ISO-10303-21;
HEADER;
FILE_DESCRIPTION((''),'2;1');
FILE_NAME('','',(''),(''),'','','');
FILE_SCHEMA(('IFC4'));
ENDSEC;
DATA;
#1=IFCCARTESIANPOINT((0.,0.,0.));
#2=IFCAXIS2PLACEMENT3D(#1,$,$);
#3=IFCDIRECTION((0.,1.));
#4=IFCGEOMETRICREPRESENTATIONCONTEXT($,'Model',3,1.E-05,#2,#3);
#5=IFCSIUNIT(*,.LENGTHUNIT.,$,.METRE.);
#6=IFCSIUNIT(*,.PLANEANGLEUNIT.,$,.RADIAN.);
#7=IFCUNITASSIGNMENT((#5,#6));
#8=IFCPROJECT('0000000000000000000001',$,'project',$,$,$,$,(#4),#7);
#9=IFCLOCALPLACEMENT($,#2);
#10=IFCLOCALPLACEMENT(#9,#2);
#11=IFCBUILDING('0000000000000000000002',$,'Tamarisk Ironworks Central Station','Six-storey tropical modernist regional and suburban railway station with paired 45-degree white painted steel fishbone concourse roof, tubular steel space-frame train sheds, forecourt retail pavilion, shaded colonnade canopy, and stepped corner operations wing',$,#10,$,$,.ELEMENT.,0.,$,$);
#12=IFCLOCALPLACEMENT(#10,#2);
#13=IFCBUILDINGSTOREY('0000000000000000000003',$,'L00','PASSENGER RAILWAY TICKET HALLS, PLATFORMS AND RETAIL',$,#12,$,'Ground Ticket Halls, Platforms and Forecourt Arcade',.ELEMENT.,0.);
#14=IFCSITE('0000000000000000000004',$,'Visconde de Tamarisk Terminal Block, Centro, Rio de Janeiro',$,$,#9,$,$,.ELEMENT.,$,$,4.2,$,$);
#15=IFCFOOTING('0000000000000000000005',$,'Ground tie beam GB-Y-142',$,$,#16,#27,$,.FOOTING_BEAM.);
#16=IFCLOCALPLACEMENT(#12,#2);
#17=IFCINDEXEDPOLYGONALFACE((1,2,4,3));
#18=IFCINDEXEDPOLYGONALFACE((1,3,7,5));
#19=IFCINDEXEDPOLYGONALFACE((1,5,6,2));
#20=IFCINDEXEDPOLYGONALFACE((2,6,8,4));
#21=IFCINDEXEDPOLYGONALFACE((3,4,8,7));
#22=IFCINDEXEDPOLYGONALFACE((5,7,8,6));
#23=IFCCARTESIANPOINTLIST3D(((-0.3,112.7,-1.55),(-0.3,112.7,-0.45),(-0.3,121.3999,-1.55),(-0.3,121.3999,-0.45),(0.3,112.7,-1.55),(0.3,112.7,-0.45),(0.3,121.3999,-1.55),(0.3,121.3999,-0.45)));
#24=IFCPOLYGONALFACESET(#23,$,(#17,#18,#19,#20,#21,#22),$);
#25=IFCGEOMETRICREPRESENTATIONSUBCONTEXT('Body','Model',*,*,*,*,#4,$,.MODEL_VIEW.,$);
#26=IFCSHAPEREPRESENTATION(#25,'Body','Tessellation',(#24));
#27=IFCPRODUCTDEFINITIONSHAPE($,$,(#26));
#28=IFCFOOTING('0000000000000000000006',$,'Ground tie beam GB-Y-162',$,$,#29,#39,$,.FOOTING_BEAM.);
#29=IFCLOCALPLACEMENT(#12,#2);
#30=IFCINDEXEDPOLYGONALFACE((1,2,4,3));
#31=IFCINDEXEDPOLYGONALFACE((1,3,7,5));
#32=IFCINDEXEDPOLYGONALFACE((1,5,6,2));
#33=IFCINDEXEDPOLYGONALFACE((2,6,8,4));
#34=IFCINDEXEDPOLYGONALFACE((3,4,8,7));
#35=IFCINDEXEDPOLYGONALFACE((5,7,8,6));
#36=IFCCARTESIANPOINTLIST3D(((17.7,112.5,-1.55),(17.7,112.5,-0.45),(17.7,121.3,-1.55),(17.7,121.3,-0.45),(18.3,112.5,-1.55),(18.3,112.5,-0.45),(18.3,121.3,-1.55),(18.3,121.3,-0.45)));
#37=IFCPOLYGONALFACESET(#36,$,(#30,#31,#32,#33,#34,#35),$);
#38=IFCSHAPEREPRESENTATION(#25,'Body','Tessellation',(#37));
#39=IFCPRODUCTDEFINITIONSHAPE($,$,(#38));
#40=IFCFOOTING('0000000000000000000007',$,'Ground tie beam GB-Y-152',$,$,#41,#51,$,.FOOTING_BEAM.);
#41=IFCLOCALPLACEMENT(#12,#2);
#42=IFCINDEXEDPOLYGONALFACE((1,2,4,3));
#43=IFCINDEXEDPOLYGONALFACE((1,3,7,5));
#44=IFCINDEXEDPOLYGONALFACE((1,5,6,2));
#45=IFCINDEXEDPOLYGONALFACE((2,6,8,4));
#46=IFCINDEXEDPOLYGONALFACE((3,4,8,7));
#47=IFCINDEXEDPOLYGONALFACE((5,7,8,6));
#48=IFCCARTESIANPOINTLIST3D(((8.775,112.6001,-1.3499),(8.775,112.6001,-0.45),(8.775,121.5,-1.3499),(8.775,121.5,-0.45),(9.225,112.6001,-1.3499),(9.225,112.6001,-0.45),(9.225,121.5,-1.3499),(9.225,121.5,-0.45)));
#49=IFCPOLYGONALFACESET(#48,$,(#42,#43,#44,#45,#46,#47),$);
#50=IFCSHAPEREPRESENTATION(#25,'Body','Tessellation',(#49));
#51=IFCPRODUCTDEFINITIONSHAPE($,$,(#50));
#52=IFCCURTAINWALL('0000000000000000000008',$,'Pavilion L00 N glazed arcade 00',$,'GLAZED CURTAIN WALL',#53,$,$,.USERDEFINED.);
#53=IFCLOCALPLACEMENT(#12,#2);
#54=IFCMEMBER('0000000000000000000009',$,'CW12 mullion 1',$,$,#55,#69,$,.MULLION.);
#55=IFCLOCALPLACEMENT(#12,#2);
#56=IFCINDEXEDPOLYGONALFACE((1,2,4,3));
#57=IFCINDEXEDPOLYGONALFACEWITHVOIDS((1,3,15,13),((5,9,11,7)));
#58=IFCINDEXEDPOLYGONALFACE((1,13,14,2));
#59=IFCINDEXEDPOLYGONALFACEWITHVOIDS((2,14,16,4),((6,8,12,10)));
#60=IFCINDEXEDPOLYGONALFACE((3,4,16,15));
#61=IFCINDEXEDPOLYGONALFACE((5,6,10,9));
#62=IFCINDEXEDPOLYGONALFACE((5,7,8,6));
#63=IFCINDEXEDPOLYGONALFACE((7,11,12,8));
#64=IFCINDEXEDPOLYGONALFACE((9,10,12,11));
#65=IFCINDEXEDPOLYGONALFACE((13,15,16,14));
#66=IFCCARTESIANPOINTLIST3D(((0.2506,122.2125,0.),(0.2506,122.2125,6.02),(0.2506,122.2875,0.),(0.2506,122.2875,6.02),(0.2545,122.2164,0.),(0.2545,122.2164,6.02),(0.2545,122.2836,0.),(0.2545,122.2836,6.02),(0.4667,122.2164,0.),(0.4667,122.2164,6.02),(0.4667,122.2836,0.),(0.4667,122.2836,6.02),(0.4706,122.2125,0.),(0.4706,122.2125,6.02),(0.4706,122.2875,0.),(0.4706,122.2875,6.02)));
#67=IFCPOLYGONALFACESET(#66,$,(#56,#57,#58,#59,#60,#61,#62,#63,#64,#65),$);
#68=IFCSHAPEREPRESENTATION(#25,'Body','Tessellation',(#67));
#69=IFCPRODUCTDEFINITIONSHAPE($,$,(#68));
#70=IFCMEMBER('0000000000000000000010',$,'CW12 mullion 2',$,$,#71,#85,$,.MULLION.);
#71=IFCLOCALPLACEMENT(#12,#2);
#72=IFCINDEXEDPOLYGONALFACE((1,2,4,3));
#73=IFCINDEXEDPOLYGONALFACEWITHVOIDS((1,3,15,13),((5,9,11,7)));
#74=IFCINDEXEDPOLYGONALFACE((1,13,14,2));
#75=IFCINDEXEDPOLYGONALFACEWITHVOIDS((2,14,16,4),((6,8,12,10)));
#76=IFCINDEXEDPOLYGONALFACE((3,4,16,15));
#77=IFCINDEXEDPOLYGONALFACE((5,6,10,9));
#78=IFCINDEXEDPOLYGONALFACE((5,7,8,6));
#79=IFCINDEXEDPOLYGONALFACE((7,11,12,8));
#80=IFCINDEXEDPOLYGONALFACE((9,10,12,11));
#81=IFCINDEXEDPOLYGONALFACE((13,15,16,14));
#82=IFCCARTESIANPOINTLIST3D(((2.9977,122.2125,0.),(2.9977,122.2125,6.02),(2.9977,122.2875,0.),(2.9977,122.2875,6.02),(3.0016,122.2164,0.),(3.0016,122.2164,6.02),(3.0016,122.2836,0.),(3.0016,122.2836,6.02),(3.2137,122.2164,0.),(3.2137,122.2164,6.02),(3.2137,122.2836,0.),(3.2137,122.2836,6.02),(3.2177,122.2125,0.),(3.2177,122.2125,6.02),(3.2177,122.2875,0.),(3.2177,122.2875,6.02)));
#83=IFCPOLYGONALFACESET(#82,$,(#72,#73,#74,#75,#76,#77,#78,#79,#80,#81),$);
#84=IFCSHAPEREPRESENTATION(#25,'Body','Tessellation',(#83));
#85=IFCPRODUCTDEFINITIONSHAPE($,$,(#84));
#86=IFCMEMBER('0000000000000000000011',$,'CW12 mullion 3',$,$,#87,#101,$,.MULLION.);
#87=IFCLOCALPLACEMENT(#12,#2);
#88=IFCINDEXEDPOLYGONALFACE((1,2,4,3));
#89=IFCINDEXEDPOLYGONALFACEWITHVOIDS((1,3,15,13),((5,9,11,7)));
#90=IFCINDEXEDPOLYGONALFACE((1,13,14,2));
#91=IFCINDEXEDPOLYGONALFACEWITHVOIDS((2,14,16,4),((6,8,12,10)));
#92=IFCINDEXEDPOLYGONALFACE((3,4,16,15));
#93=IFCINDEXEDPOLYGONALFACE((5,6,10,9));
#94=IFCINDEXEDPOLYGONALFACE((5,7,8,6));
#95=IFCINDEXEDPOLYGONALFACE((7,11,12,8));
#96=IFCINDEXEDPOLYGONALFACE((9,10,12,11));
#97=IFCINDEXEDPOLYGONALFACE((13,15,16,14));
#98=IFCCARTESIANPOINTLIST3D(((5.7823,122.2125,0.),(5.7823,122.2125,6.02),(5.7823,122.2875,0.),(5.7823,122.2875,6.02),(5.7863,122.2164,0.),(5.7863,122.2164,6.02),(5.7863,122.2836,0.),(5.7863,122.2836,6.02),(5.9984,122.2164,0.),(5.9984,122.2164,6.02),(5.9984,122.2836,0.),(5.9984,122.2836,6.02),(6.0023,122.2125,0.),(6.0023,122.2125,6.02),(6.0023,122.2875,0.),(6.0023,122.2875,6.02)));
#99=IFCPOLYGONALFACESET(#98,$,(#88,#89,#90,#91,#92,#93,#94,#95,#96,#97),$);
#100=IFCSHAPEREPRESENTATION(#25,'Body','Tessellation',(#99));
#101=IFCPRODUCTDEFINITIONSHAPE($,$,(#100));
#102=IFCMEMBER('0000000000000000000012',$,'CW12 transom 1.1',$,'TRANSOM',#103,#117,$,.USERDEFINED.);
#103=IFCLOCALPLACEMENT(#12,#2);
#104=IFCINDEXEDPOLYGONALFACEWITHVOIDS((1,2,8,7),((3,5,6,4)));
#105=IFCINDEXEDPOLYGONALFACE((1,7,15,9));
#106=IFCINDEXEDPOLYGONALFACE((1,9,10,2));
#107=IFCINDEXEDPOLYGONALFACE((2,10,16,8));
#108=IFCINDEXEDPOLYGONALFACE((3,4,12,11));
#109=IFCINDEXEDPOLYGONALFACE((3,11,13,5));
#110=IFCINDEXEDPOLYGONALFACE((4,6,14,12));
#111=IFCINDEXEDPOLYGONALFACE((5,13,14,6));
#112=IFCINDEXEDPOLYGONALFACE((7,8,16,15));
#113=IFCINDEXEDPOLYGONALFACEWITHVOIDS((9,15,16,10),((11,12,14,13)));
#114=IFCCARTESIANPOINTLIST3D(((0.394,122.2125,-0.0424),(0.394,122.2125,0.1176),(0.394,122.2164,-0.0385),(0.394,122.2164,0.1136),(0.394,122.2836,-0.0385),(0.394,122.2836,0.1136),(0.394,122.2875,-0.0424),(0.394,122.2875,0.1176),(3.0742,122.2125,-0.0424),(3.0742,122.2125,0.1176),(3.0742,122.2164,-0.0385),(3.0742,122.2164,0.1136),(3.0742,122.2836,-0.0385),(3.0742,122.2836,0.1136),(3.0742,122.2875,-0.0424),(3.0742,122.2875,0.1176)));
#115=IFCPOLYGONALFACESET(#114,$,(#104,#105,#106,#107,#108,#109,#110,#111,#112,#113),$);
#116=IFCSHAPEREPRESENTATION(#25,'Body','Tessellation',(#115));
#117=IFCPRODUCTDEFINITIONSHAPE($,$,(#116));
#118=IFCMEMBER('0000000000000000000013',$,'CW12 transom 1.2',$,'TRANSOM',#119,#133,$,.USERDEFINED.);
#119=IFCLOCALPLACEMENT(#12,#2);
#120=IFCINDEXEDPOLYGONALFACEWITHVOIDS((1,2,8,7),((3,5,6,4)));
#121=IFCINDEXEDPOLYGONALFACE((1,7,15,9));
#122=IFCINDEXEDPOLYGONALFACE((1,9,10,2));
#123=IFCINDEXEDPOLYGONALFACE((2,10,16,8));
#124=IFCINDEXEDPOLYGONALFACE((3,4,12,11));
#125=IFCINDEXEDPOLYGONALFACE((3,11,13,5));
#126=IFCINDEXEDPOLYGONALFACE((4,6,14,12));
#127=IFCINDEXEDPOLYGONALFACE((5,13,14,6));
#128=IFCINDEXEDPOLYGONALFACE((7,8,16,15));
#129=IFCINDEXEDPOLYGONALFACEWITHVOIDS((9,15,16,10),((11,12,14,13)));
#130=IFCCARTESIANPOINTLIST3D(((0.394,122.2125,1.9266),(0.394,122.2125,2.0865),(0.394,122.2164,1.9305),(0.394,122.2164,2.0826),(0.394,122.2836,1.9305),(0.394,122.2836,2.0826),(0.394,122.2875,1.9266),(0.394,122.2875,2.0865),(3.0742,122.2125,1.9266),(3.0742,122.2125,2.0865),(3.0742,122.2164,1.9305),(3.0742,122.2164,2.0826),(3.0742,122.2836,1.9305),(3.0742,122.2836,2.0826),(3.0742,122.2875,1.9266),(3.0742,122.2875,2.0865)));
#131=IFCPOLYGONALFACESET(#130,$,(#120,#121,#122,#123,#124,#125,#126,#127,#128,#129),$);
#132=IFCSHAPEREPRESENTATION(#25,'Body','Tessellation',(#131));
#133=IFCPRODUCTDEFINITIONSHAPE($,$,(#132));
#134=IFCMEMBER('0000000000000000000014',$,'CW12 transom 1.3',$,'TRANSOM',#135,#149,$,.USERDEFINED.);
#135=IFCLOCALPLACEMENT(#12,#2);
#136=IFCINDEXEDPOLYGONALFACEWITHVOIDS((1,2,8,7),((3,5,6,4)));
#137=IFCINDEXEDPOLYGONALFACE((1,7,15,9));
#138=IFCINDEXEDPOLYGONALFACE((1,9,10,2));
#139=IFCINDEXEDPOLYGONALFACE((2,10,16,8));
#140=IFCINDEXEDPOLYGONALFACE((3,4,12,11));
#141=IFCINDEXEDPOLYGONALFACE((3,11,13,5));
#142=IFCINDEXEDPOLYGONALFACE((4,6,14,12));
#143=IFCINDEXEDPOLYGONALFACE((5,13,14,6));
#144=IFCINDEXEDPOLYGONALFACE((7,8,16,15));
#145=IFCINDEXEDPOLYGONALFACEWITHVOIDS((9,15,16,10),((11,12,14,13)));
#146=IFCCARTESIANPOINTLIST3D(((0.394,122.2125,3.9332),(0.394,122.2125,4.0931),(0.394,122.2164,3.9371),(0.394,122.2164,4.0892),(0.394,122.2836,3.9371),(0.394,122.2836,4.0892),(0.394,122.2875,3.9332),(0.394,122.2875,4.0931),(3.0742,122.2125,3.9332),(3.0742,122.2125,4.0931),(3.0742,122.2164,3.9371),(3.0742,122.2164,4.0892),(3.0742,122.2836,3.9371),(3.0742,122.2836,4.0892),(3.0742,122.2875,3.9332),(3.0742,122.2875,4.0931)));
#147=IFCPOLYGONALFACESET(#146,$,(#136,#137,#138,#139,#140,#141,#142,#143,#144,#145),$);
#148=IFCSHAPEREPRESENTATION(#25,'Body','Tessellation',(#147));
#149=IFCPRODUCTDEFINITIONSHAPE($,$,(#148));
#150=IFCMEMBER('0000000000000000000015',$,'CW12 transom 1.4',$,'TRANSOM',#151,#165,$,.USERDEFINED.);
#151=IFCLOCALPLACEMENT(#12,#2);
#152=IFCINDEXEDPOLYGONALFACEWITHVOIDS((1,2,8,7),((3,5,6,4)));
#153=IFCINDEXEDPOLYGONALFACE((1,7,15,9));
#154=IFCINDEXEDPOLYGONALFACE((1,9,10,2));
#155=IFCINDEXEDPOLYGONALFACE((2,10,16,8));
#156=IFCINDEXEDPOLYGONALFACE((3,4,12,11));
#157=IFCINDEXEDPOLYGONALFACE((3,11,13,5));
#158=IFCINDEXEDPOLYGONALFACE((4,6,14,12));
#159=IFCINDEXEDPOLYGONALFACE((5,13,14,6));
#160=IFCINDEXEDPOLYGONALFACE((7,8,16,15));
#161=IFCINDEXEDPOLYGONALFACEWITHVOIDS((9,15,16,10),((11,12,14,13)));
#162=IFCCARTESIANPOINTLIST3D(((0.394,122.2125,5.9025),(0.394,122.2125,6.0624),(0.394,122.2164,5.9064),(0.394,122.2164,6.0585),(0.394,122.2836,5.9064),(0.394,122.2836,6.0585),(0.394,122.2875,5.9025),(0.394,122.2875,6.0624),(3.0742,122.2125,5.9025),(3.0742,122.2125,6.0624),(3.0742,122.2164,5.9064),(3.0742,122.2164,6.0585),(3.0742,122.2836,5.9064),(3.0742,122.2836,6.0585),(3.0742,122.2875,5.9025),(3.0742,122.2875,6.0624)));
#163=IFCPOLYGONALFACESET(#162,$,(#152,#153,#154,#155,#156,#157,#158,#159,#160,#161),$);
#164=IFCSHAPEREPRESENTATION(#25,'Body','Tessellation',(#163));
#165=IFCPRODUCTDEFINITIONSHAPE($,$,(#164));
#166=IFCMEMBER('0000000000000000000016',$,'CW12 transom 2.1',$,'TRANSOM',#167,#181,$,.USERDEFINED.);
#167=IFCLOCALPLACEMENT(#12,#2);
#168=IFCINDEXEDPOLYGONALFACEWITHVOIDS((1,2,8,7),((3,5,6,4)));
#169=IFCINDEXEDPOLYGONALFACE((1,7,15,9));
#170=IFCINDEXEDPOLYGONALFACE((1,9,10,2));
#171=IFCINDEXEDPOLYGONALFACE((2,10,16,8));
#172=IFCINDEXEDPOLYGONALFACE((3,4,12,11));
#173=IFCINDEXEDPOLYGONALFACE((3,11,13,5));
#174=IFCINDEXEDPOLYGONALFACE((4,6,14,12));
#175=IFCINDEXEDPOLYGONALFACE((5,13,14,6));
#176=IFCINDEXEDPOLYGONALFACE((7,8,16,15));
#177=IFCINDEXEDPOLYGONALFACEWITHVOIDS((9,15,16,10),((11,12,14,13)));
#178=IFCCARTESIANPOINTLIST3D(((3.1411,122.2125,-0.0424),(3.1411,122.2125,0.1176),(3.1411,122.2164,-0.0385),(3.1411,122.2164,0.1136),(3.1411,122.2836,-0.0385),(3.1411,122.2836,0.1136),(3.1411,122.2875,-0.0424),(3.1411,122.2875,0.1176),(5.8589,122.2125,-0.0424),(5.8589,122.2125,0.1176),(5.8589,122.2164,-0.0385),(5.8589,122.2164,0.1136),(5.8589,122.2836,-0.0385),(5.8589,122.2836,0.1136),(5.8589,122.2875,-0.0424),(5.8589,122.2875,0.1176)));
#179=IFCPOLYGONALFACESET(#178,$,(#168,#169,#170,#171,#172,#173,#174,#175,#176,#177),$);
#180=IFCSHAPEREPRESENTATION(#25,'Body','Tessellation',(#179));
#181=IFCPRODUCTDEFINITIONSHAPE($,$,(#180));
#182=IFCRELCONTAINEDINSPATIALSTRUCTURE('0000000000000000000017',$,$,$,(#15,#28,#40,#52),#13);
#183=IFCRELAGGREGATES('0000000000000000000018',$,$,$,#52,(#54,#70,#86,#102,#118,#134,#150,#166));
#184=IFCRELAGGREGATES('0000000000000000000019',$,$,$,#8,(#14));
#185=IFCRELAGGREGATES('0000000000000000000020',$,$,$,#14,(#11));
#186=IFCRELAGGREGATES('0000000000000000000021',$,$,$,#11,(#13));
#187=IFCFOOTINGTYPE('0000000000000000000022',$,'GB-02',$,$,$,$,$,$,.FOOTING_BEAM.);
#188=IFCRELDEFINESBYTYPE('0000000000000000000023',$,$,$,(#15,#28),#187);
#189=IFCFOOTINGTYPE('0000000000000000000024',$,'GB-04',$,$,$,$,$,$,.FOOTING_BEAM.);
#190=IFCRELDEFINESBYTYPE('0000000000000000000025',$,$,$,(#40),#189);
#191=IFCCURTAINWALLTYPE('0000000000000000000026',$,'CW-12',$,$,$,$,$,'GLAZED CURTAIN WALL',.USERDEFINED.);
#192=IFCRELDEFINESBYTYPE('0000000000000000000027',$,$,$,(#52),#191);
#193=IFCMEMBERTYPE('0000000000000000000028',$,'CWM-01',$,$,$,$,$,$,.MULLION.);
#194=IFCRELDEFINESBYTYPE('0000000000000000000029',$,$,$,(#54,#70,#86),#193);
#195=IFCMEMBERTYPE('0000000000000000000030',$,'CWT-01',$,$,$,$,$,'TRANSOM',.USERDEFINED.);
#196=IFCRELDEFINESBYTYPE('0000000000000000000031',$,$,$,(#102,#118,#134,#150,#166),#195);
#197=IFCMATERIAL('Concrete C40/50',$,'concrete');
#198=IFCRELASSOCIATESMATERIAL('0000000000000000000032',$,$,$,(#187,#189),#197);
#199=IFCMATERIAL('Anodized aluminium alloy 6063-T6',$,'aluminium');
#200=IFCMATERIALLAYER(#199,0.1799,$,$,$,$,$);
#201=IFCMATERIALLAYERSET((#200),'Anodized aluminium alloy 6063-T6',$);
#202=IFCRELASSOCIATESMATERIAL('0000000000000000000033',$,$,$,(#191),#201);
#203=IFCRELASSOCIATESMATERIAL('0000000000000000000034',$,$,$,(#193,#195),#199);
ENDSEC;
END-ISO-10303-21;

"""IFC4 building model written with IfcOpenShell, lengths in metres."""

from ifc_helpers import new_model, si_unit, direction, frame, origin, origin_2d, place, context, subcontext, project, spatial, rectangle, hollow_rectangle, extrude, material, layer, layer_set, material_profile, profile_set, type_object, element, aggregate, save


model = new_model("IFC4")

# Units and contexts
model_context = context("Model", 3, precision=1e-05, world=origin(), true_north=direction((0.0, 1.0)))
body_context = subcontext(model_context, "Body", "Model", "MODEL_VIEW")
ifc_project = project(units=[si_unit("LENGTHUNIT", "METRE"), si_unit("PLANEANGLEUNIT", "RADIAN")], contexts=[model_context])

# Site, building, storey
site_placement = place(None, origin())
site = spatial("IfcSite", under=ifc_project, at=site_placement, Name="Visconde de Tamarisk Terminal Block, Centro, Rio de Janeiro", CompositionType="ELEMENT", RefElevation=4.2)
building_placement = place(site_placement, origin())
building = spatial("IfcBuilding", under=site, at=building_placement, Name="Tamarisk Ironworks Central Station", Description="Six-storey tropical modernist regional and suburban railway station with paired 45-degree white painted steel fishbone concourse roof, tubular steel space-frame train sheds, forecourt retail pavilion, shaded colonnade canopy, and stepped corner operations wing", CompositionType="ELEMENT", ElevationOfRefHeight=0.0)
storey_placement = place(building_placement, origin())
storey = spatial("IfcBuildingStorey", under=building, at=storey_placement, Name="L00", Description="PASSENGER RAILWAY TICKET HALLS, PLATFORMS AND RETAIL", LongName="Ground Ticket Halls, Platforms and Forecourt Arcade", CompositionType="ELEMENT", Elevation=0.0)

# Footings
ifc_material_1 = material(Name="Concrete C40/50", Category="concrete")
ifc_material_profile_1 = material_profile(ifc_material_1, rectangle(XDim=0.6001, YDim=1.1001, at=origin_2d()), Name="GB02 600x1100")
ifc_profile_set_1 = profile_set([ifc_material_profile_1], Name="Concrete C40/50")
footing_type_1 = type_object("IfcFootingType", Name="GB-02", PredefinedType="FOOTING_BEAM", material=ifc_profile_set_1)
footing_1_placement = place(storey_placement, frame((0.0, 112.7, -1.0), z_axis=(0.0, 1.0, 0.0), x_axis=(-1.0, 0.0, 0.0)))
element("IfcFooting", 1, at=footing_1_placement, inside=storey, type_object=footing_type_1, Name="Ground tie beam GB-Y-142", PredefinedType="FOOTING_BEAM", context=body_context, shape_type="SweptSolid", body=[
    extrude(rectangle(XDim=0.6001, YDim=1.1001, at=origin_2d()), origin(), (0.0, 0.0, 1.0), 8.7),
])
footing_2_placement = place(storey_placement, frame((18.0, 112.5, -1.0), z_axis=(0.0, 1.0, 0.0), x_axis=(-1.0, 0.0, 0.0)))
element("IfcFooting", 2, at=footing_2_placement, inside=storey, type_object=footing_type_1, Name="Ground tie beam GB-Y-162", PredefinedType="FOOTING_BEAM", context=body_context, shape_type="SweptSolid", body=[
    extrude(rectangle(XDim=0.6001, YDim=1.1001, at=origin_2d()), origin(), (0.0, 0.0, 1.0), 8.8),
])
ifc_material_profile_2 = material_profile(ifc_material_1, rectangle(XDim=0.45, YDim=0.8999, at=origin_2d()), Name="GB04 450x900")
ifc_profile_set_2 = profile_set([ifc_material_profile_2], Name="Concrete C40/50")
footing_type_2 = type_object("IfcFootingType", Name="GB-04", PredefinedType="FOOTING_BEAM", material=ifc_profile_set_2)
footing_3_placement = place(storey_placement, frame((9.0, 112.6001, -0.8999), z_axis=(0.0, 1.0, 0.0), x_axis=(-1.0, 0.0, 0.0)))
element("IfcFooting", 3, at=footing_3_placement, inside=storey, type_object=footing_type_2, Name="Ground tie beam GB-Y-152", PredefinedType="FOOTING_BEAM", context=body_context, shape_type="SweptSolid", body=[
    extrude(rectangle(XDim=0.45, YDim=0.8999, at=origin_2d()), origin(), (0.0, 0.0, 1.0), 8.8999),
])

# Curtain wall, members
ifc_material_2 = material(Name="Anodized aluminium alloy 6063-T6", Category="aluminium")
ifc_layer_1 = layer(ifc_material_2, 0.1799)
ifc_layer_set_1 = layer_set([ifc_layer_1], Name="Anodized aluminium alloy 6063-T6")
curtain_wall_type = type_object("IfcCurtainWallType", Name="CW-12", ElementType="GLAZED CURTAIN WALL", PredefinedType="USERDEFINED", material=ifc_layer_set_1)
curtain_wall_placement = place(storey_placement, origin())
curtain_wall = element("IfcCurtainWall", 4, at=curtain_wall_placement, inside=storey, type_object=curtain_wall_type, Name="Pavilion L00 N glazed arcade 00", ObjectType="GLAZED CURTAIN WALL", PredefinedType="USERDEFINED")
ifc_material_profile_3 = material_profile(ifc_material_2, hollow_rectangle(XDim=0.075, YDim=0.22, WallThickness=0.0039, at=origin_2d()), Name="ALUM 220x75")
ifc_profile_set_3 = profile_set([ifc_material_profile_3], Name="Anodized aluminium alloy 6063-T6")
member_type_1 = type_object("IfcMemberType", Name="CWM-01", PredefinedType="MULLION", material=ifc_profile_set_3)
member_1_placement = place(storey_placement, frame((0.3606, 122.25, 0.0), z_axis=(0.0, 0.0, 1.0), x_axis=(0.0, 1.0, 0.0)))
member_1 = element("IfcMember", 5, at=member_1_placement, type_object=member_type_1, Name="CW12 mullion 1", PredefinedType="MULLION", context=body_context, shape_type="SweptSolid", body=[
    extrude(hollow_rectangle(XDim=0.075, YDim=0.22, WallThickness=0.0039, at=origin_2d()), origin(), (0.0, 0.0, 1.0), 6.02),
])
member_2_placement = place(storey_placement, frame((3.1077, 122.25, 0.0), z_axis=(0.0, 0.0, 1.0), x_axis=(0.0, 1.0, 0.0)))
member_2 = element("IfcMember", 6, at=member_2_placement, type_object=member_type_1, Name="CW12 mullion 2", PredefinedType="MULLION", context=body_context, shape_type="SweptSolid", body=[
    extrude(hollow_rectangle(XDim=0.075, YDim=0.22, WallThickness=0.0039, at=origin_2d()), origin(), (0.0, 0.0, 1.0), 6.02),
])
member_3_placement = place(storey_placement, frame((5.8923, 122.25, 0.0), z_axis=(0.0, 0.0, 1.0), x_axis=(0.0, 1.0, 0.0)))
member_3 = element("IfcMember", 7, at=member_3_placement, type_object=member_type_1, Name="CW12 mullion 3", PredefinedType="MULLION", context=body_context, shape_type="SweptSolid", body=[
    extrude(hollow_rectangle(XDim=0.075, YDim=0.22, WallThickness=0.0039, at=origin_2d()), origin(), (0.0, 0.0, 1.0), 6.02),
])
ifc_material_profile_4 = material_profile(ifc_material_2, hollow_rectangle(XDim=0.075, YDim=0.1599, WallThickness=0.0039, at=origin_2d()), Name="ALUM 160x75")
ifc_profile_set_4 = profile_set([ifc_material_profile_4], Name="Anodized aluminium alloy 6063-T6")
member_type_2 = type_object("IfcMemberType", Name="CWT-01", ElementType="TRANSOM", PredefinedType="USERDEFINED", material=ifc_profile_set_4)
member_4_placement = place(storey_placement, frame((0.394, 122.25, 0.0376), z_axis=(1.0, 0.0, 0.0), x_axis=(0.0, 1.0, 0.0)))
member_4 = element("IfcMember", 8, at=member_4_placement, type_object=member_type_2, Name="CW12 transom 1.1", ObjectType="TRANSOM", PredefinedType="USERDEFINED", context=body_context, shape_type="SweptSolid", body=[
    extrude(hollow_rectangle(XDim=0.075, YDim=0.1599, WallThickness=0.0039, at=origin_2d()), origin(), (0.0, 0.0, 1.0), 2.6802),
])
member_5_placement = place(storey_placement, frame((0.394, 122.25, 2.0066), z_axis=(1.0, 0.0, 0.0), x_axis=(0.0, 1.0, 0.0)))
member_5 = element("IfcMember", 9, at=member_5_placement, type_object=member_type_2, Name="CW12 transom 1.2", ObjectType="TRANSOM", PredefinedType="USERDEFINED", context=body_context, shape_type="SweptSolid", body=[
    extrude(hollow_rectangle(XDim=0.075, YDim=0.1599, WallThickness=0.0039, at=origin_2d()), origin(), (0.0, 0.0, 1.0), 2.6802),
])
member_6_placement = place(storey_placement, frame((0.394, 122.25, 4.0132), z_axis=(1.0, 0.0, 0.0), x_axis=(0.0, 1.0, 0.0)))
member_6 = element("IfcMember", 10, at=member_6_placement, type_object=member_type_2, Name="CW12 transom 1.3", ObjectType="TRANSOM", PredefinedType="USERDEFINED", context=body_context, shape_type="SweptSolid", body=[
    extrude(hollow_rectangle(XDim=0.075, YDim=0.1599, WallThickness=0.0039, at=origin_2d()), origin(), (0.0, 0.0, 1.0), 2.6802),
])
member_7_placement = place(storey_placement, frame((0.394, 122.25, 5.9824), z_axis=(1.0, 0.0, 0.0), x_axis=(0.0, 1.0, 0.0)))
member_7 = element("IfcMember", 11, at=member_7_placement, type_object=member_type_2, Name="CW12 transom 1.4", ObjectType="TRANSOM", PredefinedType="USERDEFINED", context=body_context, shape_type="SweptSolid", body=[
    extrude(hollow_rectangle(XDim=0.075, YDim=0.1599, WallThickness=0.0039, at=origin_2d()), origin(), (0.0, 0.0, 1.0), 2.6802),
])
member_8_placement = place(storey_placement, frame((3.1411, 122.25, 0.0376), z_axis=(1.0, 0.0, 0.0), x_axis=(0.0, 1.0, 0.0)))
member_8 = element("IfcMember", 12, at=member_8_placement, type_object=member_type_2, Name="CW12 transom 2.1", ObjectType="TRANSOM", PredefinedType="USERDEFINED", context=body_context, shape_type="SweptSolid", body=[
    extrude(hollow_rectangle(XDim=0.075, YDim=0.1599, WallThickness=0.0039, at=origin_2d()), origin(), (0.0, 0.0, 1.0), 2.7178),
])
aggregate(curtain_wall, [member_1, member_2, member_3, member_4, member_5, member_6, member_7, member_8])

save(model, "model.ifc")
